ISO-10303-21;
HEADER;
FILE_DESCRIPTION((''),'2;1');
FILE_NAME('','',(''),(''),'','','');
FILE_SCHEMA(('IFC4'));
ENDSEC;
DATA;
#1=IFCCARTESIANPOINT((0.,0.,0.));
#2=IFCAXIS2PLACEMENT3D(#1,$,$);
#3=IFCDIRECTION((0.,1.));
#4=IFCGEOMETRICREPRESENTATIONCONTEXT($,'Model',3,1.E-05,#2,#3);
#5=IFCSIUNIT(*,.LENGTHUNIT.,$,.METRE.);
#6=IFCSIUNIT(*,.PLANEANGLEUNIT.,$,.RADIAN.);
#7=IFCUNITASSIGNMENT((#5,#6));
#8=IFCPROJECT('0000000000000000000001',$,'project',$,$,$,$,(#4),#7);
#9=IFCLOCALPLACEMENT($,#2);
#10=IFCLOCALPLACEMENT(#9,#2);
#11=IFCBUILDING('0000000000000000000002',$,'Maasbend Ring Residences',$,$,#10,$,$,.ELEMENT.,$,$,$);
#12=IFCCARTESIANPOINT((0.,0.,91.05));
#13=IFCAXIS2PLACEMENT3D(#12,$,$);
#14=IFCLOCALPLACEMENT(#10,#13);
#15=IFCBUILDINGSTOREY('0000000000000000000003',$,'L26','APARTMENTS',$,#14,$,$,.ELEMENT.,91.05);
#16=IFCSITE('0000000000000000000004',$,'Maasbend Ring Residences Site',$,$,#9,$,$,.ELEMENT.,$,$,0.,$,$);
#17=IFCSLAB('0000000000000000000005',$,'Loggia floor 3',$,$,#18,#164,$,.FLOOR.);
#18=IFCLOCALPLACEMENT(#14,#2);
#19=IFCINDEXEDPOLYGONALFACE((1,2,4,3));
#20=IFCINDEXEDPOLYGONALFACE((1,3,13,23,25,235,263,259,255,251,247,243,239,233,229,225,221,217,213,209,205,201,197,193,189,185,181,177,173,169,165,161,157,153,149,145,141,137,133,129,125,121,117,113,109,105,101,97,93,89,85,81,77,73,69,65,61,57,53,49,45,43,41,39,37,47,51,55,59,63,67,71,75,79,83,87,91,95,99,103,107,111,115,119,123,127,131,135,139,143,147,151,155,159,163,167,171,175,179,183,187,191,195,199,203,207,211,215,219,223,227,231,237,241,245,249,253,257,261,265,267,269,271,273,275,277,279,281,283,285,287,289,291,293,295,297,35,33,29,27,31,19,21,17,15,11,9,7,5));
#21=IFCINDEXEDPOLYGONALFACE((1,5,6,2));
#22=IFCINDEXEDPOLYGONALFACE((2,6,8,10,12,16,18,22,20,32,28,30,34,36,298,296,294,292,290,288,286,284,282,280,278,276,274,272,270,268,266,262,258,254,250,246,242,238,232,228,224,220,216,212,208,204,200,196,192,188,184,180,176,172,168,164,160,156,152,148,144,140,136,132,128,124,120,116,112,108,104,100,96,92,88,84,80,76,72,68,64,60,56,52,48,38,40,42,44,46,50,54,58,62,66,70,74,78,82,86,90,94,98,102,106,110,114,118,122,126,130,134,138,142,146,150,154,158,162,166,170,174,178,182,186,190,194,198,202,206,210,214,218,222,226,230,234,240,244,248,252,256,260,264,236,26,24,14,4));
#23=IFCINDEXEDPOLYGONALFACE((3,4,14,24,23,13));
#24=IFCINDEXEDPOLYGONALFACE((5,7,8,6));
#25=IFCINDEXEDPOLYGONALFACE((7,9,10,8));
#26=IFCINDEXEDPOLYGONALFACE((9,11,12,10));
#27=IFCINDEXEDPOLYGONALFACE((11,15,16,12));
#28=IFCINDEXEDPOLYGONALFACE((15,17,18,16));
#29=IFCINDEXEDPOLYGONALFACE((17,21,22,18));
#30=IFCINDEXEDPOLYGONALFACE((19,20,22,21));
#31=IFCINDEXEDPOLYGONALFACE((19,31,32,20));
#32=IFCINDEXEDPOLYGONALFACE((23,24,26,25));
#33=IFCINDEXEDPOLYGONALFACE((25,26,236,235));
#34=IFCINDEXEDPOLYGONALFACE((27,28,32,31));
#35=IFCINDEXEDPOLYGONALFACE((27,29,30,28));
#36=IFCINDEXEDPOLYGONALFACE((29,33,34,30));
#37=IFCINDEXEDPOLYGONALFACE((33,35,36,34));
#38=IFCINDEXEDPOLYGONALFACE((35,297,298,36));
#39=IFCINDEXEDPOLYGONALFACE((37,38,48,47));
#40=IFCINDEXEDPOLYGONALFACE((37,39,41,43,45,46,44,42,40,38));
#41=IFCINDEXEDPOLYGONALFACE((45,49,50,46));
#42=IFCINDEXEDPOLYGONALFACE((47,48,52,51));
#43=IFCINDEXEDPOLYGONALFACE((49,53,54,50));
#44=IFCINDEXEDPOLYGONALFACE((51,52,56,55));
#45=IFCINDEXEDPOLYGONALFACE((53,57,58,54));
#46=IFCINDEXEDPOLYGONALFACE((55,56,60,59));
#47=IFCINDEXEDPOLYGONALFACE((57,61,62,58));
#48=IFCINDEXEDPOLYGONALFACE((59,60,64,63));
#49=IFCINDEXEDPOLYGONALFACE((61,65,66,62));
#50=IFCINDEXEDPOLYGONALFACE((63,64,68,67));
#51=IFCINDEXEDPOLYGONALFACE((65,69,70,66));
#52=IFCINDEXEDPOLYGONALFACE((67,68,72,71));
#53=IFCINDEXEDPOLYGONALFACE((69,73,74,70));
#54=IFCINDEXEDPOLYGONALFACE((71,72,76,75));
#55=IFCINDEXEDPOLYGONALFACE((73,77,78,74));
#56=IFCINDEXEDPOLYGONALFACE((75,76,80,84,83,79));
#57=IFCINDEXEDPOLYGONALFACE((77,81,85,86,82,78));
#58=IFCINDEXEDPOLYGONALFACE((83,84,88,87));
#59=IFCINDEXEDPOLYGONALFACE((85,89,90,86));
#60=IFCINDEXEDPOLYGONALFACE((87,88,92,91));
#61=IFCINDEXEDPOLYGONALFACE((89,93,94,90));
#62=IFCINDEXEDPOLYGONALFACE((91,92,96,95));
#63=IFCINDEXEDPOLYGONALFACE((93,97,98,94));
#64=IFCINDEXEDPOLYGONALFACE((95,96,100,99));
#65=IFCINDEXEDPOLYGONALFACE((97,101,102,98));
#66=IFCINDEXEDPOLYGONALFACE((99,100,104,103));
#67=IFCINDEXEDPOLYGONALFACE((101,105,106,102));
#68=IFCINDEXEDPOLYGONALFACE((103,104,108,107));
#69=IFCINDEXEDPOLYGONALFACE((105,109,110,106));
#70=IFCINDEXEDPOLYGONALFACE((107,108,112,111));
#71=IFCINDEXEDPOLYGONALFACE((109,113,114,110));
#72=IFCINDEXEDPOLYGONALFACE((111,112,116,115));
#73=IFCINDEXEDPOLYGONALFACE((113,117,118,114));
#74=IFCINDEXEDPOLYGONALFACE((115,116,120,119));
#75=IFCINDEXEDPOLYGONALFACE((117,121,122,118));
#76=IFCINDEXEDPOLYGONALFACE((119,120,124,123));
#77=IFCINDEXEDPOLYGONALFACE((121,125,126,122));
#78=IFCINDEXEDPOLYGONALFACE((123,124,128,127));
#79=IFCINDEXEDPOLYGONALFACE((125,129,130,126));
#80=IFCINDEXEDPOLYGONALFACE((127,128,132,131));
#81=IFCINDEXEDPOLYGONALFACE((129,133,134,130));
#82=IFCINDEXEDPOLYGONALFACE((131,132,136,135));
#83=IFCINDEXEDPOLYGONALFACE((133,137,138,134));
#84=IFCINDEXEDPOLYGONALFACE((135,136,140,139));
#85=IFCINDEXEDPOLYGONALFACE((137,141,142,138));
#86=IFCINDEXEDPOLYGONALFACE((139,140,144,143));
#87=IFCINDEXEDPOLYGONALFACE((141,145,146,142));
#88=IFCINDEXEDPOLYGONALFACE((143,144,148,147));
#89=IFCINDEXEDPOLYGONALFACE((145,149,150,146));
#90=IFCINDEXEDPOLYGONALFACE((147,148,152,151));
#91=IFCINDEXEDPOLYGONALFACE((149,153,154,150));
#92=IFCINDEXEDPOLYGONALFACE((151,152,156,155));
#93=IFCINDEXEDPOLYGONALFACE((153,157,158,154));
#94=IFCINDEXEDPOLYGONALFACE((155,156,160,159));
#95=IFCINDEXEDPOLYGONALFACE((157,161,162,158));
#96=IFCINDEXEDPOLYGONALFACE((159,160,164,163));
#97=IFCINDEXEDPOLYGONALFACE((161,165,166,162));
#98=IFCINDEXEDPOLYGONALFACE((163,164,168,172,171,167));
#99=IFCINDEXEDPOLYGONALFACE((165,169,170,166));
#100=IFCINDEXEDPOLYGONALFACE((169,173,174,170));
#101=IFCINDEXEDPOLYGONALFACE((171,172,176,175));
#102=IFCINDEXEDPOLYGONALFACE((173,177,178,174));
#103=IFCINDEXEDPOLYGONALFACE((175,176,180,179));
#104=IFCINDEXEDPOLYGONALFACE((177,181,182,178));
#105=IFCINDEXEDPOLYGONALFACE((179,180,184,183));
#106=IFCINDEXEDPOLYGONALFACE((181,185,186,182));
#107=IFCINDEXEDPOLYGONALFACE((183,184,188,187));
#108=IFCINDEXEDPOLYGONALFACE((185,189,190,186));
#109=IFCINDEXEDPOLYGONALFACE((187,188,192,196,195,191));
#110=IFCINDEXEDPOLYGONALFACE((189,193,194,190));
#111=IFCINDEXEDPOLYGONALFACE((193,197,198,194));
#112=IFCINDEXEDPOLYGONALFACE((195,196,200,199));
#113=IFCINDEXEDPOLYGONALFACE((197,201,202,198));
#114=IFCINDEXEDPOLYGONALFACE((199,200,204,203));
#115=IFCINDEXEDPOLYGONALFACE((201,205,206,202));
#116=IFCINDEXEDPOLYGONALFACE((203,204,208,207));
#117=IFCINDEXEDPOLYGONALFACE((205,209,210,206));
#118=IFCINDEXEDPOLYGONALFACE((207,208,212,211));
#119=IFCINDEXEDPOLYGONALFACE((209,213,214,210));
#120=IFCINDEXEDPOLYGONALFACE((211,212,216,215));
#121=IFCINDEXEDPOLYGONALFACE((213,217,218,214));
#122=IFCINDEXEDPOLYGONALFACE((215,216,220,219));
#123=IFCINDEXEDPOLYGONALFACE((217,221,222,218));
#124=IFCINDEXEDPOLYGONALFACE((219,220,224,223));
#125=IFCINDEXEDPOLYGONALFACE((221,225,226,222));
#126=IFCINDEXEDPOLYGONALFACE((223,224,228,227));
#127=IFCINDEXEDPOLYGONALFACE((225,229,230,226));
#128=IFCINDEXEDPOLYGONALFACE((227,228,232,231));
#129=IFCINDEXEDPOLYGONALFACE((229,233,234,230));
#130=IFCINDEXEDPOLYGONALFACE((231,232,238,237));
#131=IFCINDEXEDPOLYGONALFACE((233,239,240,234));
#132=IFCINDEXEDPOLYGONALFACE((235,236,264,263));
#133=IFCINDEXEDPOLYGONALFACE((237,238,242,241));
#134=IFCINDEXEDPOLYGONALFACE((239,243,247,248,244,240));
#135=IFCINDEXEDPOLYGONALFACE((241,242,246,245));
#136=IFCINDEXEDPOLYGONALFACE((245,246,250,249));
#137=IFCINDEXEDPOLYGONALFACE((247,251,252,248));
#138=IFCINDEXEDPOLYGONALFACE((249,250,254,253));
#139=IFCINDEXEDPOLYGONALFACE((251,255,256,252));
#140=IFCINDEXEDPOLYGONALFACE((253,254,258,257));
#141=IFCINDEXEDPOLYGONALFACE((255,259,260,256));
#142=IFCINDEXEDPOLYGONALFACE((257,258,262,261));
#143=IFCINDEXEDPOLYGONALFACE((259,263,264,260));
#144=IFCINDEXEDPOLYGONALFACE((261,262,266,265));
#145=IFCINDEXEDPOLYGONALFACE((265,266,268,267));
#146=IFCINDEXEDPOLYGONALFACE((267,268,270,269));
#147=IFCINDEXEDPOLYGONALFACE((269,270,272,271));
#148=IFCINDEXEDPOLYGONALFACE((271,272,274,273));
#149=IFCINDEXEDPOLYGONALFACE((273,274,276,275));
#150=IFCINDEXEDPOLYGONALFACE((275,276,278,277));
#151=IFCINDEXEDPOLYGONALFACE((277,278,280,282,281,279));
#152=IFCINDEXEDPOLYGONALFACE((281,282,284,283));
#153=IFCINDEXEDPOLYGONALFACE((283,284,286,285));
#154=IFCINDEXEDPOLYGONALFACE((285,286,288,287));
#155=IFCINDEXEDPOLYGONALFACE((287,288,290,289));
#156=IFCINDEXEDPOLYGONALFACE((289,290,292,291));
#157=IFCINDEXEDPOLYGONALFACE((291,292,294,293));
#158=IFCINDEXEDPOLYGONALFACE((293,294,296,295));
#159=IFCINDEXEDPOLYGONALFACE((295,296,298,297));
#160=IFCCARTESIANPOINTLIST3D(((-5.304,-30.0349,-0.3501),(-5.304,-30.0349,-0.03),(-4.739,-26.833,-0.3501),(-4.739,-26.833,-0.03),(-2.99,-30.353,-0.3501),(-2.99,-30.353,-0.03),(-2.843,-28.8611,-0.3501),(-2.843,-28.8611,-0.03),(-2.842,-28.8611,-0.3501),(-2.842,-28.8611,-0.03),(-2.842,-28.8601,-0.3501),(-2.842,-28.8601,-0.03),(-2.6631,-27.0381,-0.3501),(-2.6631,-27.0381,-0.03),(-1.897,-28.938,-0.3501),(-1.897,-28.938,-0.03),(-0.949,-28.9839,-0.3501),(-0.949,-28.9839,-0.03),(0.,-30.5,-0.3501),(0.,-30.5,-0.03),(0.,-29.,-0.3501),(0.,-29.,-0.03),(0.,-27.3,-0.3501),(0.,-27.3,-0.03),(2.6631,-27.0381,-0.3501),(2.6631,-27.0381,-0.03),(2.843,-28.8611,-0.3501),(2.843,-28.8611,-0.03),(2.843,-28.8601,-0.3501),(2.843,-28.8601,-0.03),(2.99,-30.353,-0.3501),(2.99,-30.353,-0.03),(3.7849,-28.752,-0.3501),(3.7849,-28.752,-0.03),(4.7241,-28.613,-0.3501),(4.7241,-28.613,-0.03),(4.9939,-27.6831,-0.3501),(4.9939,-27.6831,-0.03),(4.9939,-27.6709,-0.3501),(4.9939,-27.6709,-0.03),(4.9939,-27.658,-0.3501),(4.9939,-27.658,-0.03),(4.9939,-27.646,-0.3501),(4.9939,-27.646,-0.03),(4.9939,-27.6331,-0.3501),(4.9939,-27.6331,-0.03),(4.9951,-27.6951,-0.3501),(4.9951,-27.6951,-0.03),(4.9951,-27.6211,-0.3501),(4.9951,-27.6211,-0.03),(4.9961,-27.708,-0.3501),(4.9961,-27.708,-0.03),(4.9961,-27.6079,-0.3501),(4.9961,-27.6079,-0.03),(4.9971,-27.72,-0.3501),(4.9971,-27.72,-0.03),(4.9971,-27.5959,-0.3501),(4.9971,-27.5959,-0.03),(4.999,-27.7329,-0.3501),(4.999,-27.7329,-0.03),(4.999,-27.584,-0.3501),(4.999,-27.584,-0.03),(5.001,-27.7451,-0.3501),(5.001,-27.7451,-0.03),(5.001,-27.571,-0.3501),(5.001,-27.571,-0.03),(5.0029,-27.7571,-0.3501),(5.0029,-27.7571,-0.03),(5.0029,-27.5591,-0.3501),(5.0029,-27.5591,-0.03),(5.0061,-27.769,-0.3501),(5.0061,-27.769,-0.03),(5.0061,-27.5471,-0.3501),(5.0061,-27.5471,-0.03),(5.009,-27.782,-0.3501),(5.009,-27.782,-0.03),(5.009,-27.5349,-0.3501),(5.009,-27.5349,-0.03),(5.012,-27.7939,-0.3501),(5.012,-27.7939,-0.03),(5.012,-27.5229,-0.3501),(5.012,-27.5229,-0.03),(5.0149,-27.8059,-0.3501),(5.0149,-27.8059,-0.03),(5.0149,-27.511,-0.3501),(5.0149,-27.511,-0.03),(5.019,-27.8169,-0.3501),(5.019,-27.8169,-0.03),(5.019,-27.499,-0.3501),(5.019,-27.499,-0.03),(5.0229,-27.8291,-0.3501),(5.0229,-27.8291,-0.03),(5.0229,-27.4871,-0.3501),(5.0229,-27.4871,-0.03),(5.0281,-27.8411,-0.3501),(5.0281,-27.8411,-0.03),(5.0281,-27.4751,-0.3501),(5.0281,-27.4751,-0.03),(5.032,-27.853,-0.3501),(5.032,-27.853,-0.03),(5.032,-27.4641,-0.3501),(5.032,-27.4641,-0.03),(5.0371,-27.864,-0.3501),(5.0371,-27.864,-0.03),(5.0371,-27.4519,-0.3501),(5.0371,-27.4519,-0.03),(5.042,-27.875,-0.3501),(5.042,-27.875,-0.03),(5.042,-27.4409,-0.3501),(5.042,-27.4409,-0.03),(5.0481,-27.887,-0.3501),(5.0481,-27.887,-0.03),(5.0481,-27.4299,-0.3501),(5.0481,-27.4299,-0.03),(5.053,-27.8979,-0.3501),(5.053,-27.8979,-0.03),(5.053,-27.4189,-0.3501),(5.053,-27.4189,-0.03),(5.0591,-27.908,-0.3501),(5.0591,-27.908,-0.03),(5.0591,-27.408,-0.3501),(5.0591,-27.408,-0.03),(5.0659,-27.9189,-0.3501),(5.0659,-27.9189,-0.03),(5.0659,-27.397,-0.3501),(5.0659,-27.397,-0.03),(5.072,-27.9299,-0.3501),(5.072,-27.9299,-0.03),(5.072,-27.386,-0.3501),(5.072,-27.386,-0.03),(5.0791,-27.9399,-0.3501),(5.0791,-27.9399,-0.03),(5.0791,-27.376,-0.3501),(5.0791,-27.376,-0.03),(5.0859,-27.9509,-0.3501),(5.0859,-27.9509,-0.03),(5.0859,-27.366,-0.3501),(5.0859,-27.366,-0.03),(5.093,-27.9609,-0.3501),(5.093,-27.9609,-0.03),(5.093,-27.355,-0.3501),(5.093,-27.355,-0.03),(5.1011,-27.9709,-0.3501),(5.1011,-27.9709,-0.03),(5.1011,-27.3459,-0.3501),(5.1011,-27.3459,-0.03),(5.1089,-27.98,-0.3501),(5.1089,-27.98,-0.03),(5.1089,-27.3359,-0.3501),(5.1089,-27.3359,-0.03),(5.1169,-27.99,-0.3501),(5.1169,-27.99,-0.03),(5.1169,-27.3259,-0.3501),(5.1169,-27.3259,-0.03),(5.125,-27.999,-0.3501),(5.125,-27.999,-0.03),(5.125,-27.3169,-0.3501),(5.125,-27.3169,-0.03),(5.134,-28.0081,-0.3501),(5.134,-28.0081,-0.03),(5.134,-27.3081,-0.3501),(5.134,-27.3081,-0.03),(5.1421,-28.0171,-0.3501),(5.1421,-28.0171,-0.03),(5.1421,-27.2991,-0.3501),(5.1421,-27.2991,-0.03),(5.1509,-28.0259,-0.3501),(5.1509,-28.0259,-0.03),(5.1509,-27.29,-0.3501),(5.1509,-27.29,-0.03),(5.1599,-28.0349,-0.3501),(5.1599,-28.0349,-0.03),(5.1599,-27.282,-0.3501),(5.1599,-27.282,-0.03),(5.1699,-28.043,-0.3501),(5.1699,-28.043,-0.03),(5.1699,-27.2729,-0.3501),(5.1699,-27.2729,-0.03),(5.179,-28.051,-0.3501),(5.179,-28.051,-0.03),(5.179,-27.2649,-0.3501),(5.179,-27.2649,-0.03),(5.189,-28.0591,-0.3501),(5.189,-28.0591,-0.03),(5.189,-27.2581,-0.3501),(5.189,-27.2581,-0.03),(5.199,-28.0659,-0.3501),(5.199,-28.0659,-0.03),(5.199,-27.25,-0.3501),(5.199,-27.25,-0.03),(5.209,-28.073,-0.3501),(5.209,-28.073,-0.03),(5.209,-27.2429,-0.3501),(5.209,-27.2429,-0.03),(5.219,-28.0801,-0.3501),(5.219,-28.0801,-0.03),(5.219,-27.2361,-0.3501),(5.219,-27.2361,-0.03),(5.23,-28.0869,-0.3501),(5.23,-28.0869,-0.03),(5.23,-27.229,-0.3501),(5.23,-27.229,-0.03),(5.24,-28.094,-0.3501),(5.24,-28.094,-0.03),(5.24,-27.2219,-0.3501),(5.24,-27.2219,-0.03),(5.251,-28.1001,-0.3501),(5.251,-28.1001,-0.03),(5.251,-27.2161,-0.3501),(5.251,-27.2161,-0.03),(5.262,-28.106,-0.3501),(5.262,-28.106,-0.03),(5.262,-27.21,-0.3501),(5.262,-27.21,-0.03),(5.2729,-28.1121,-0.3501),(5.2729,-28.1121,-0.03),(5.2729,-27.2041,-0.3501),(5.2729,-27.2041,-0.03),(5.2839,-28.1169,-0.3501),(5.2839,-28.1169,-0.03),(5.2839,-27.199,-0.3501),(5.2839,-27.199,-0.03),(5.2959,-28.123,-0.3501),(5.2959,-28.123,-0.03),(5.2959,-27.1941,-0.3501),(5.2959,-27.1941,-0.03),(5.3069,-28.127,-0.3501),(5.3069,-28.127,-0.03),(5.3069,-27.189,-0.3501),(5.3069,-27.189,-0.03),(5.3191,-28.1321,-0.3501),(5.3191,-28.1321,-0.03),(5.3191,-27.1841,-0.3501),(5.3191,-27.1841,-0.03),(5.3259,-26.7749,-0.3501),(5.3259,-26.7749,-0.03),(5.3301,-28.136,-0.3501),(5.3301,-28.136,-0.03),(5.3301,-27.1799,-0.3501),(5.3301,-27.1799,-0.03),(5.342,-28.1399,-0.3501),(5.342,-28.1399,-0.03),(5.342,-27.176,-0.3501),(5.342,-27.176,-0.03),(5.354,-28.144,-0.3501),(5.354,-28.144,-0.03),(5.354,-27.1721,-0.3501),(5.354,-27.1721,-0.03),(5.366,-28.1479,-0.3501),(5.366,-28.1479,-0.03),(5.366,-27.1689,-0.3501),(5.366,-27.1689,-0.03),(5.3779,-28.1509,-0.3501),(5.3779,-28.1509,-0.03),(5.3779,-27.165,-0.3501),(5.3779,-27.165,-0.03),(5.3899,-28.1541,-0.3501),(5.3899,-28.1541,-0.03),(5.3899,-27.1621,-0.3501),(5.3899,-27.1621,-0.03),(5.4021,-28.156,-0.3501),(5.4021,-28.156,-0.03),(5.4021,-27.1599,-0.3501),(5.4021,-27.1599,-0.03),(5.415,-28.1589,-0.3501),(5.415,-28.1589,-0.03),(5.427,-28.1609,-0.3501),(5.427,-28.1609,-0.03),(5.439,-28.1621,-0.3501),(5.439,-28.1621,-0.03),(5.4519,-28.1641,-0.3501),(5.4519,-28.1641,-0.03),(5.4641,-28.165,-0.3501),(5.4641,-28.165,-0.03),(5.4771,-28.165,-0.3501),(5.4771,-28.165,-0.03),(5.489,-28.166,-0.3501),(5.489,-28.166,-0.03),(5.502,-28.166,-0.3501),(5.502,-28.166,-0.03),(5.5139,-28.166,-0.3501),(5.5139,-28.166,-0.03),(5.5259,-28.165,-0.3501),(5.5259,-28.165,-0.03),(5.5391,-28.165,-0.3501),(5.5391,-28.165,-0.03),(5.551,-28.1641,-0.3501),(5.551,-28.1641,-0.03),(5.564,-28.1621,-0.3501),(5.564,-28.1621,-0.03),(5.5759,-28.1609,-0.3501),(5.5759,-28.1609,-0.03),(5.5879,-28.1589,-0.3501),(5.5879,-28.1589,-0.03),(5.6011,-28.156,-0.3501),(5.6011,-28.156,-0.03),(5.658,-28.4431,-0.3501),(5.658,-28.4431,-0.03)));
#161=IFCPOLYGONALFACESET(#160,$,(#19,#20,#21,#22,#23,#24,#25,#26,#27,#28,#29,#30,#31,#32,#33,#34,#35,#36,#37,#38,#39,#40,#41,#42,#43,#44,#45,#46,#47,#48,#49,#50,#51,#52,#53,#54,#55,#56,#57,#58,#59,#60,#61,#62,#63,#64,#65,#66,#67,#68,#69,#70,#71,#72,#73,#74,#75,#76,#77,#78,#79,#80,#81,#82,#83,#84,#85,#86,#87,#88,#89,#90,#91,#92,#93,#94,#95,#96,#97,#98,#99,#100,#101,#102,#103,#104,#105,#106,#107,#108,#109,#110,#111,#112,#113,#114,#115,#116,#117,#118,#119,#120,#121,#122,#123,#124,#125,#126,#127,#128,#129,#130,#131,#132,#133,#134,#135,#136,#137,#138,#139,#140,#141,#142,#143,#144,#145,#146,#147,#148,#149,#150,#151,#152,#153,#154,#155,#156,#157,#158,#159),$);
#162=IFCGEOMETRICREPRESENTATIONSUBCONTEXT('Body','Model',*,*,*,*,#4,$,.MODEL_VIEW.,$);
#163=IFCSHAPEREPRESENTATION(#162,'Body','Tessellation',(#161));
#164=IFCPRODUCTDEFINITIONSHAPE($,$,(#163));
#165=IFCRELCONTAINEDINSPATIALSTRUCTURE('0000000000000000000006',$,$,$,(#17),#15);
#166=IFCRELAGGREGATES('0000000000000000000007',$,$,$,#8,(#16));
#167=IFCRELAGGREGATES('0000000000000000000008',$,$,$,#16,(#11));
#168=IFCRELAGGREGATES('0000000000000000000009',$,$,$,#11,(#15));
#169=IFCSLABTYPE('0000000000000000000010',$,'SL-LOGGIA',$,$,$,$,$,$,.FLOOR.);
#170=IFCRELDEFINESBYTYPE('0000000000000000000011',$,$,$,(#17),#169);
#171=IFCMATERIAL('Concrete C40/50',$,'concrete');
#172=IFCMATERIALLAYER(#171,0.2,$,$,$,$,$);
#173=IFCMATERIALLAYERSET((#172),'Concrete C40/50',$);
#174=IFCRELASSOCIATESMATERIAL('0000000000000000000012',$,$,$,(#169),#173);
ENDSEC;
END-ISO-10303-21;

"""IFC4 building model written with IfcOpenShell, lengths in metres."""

from ifc_helpers import new_model, si_unit, direction, frame, origin, place, context, subcontext, project, spatial, polyline, outline, extrude, material, layer, layer_set, type_object, element, save


model = new_model("IFC4")

# Units and contexts
model_context = context("Model", 3, precision=1e-05, world=origin(), true_north=direction((0.0, 1.0)))
body_context = subcontext(model_context, "Body", "Model", "MODEL_VIEW")
ifc_project = project(units=[si_unit("LENGTHUNIT", "METRE"), si_unit("PLANEANGLEUNIT", "RADIAN")], contexts=[model_context])

# Site, building, storey
site_placement = place(None, origin())
site = spatial("IfcSite", under=ifc_project, at=site_placement, Name="Maasbend Ring Residences Site", CompositionType="ELEMENT", RefElevation=0.0)
building_placement = place(site_placement, origin())
building = spatial("IfcBuilding", under=site, at=building_placement, Name="Maasbend Ring Residences", CompositionType="ELEMENT")
storey_placement = place(building_placement, frame((0.0, 0.0, 91.05)))
storey = spatial("IfcBuildingStorey", under=building, at=storey_placement, Name="L26", Description="APARTMENTS", CompositionType="ELEMENT", Elevation=91.05)

# Slab
ifc_material_1 = material(Name="Concrete C40/50", Category="concrete")
ifc_layer_1 = layer(ifc_material_1, 0.2)
ifc_layer_set_1 = layer_set([ifc_layer_1], Name="Concrete C40/50")
slab_type_1 = type_object("IfcSlabType", Name="SL-LOGGIA", PredefinedType="FLOOR", material=ifc_layer_set_1)
slab_1_placement = place(storey_placement, frame((0.0, 0.0, -0.3501)))
element("IfcSlab", 1, at=slab_1_placement, inside=storey, type_object=slab_type_1, Name="Loggia floor 3", PredefinedType="FLOOR", context=body_context, shape_type="SweptSolid", body=[
    extrude(outline(polyline([(-2.6631, -27.0381), (0.0, -27.3), (0.0, -27.3), (0.0, -27.3), (2.6631, -27.0381), (5.3259, -26.7749), (5.3259, -26.7749), (5.3259, -26.7749), (5.4021, -27.1599), (5.4021, -27.1599), (5.3899, -27.1621), (5.3779, -27.165), (5.366, -27.1689), (5.354, -27.1721), (5.342, -27.176), (5.3301, -27.1799), (5.3191, -27.1841), (5.3069, -27.189), (5.2959, -27.1941), (5.2839, -27.199), (5.2729, -27.2041), (5.262, -27.21), (5.251, -27.2161), (5.24, -27.2219), (5.23, -27.229), (5.219, -27.2361), (5.209, -27.2429), (5.199, -27.25), (5.189, -27.2581), (5.179, -27.2649), (5.1699, -27.2729), (5.1599, -27.282), (5.1509, -27.29), (5.1421, -27.2991), (5.134, -27.3081), (5.125, -27.3169), (5.1169, -27.3259), (5.1089, -27.3359), (5.1011, -27.3459), (5.093, -27.355), (5.0859, -27.366), (5.0791, -27.376), (5.072, -27.386), (5.0659, -27.397), (5.0591, -27.408), (5.053, -27.4189), (5.0481, -27.4299), (5.042, -27.4409), (5.0371, -27.4519), (5.032, -27.4641), (5.0281, -27.4751), (5.0229, -27.4871), (5.019, -27.499), (5.0149, -27.511), (5.012, -27.5229), (5.009, -27.5349), (5.0061, -27.5471), (5.0029, -27.5591), (5.001, -27.571), (4.999, -27.584), (4.9971, -27.5959), (4.9961, -27.6079), (4.9951, -27.6211), (4.9939, -27.6331), (4.9939, -27.646), (4.9939, -27.658), (4.9939, -27.6709), (4.9939, -27.6831), (4.9951, -27.6951), (4.9961, -27.708), (4.9971, -27.72), (4.999, -27.7329), (5.001, -27.7451), (5.0029, -27.7571), (5.0061, -27.769), (5.009, -27.782), (5.012, -27.7939), (5.0149, -27.8059), (5.019, -27.8169), (5.0229, -27.8291), (5.0281, -27.8411), (5.032, -27.853), (5.0371, -27.864), (5.042, -27.875), (5.0481, -27.887), (5.053, -27.8979), (5.0591, -27.908), (5.0659, -27.9189), (5.072, -27.9299), (5.0791, -27.9399), (5.0859, -27.9509), (5.093, -27.9609), (5.1011, -27.9709), (5.1089, -27.98), (5.1169, -27.99), (5.125, -27.999), (5.134, -28.0081), (5.1421, -28.0171), (5.1509, -28.0259), (5.1599, -28.0349), (5.1699, -28.043), (5.179, -28.051), (5.189, -28.0591), (5.199, -28.0659), (5.209, -28.073), (5.219, -28.0801), (5.23, -28.0869), (5.24, -28.094), (5.251, -28.1001), (5.262, -28.106), (5.2729, -28.1121), (5.2839, -28.1169), (5.2959, -28.123), (5.3069, -28.127), (5.3191, -28.1321), (5.3301, -28.136), (5.342, -28.1399), (5.354, -28.144), (5.366, -28.1479), (5.3779, -28.1509), (5.3899, -28.1541), (5.4021, -28.156), (5.415, -28.1589), (5.427, -28.1609), (5.439, -28.1621), (5.4519, -28.1641), (5.4641, -28.165), (5.4771, -28.165), (5.489, -28.166), (5.502, -28.166), (5.5139, -28.166), (5.5259, -28.165), (5.5391, -28.165), (5.551, -28.1641), (5.564, -28.1621), (5.5759, -28.1609), (5.5879, -28.1589), (5.6011, -28.156), (5.6011, -28.156), (5.658, -28.4431), (5.658, -28.4431), (5.658, -28.4431), (4.7241, -28.613), (4.7241, -28.613), (3.7849, -28.752), (3.7849, -28.752), (2.843, -28.8601), (2.843, -28.8601), (2.843, -28.8601), (2.843, -28.8601), (2.843, -28.8601), (2.843, -28.8601), (2.843, -28.8601), (2.843, -28.8601), (2.843, -28.8601), (2.843, -28.8611), (2.843, -28.8611), (2.843, -28.8611), (2.843, -28.8611), (2.843, -28.8611), (2.843, -28.8611), (2.843, -28.8611), (2.843, -28.8611), (2.99, -30.353), (2.99, -30.353), (2.99, -30.353), (0.0, -30.5), (0.0, -30.5), (0.0, -30.5), (0.0, -29.0), (0.0, -29.0), (0.0, -29.0), (0.0, -29.0), (0.0, -29.0), (0.0, -29.0), (0.0, -29.0), (0.0, -29.0), (0.0, -29.0), (0.0, -29.0), (0.0, -29.0), (0.0, -29.0), (0.0, -29.0), (0.0, -29.0), (0.0, -29.0), (0.0, -29.0), (0.0, -29.0), (-0.949, -28.9839), (-0.949, -28.9839), (-1.897, -28.938), (-1.897, -28.938), (-2.842, -28.8601), (-2.842, -28.8601), (-2.842, -28.8601), (-2.842, -28.8601), (-2.842, -28.8601), (-2.842, -28.8601), (-2.842, -28.8601), (-2.842, -28.8601), (-2.842, -28.8611), (-2.842, -28.8611), (-2.842, -28.8611), (-2.842, -28.8611), (-2.842, -28.8611), (-2.843, -28.8611), (-2.843, -28.8611), (-2.843, -28.8611), (-2.843, -28.8611), (-2.99, -30.353), (-2.99, -30.353), (-2.99, -30.353), (-5.304, -30.0349), (-5.304, -30.0349), (-5.304, -30.0349), (-4.739, -26.833), (-4.739, -26.833), (-4.739, -26.833), (-2.6631, -27.0381)])), origin(), (0.0, 0.0, 1.0), 0.3201),
])

save(model, "model.ifc")
